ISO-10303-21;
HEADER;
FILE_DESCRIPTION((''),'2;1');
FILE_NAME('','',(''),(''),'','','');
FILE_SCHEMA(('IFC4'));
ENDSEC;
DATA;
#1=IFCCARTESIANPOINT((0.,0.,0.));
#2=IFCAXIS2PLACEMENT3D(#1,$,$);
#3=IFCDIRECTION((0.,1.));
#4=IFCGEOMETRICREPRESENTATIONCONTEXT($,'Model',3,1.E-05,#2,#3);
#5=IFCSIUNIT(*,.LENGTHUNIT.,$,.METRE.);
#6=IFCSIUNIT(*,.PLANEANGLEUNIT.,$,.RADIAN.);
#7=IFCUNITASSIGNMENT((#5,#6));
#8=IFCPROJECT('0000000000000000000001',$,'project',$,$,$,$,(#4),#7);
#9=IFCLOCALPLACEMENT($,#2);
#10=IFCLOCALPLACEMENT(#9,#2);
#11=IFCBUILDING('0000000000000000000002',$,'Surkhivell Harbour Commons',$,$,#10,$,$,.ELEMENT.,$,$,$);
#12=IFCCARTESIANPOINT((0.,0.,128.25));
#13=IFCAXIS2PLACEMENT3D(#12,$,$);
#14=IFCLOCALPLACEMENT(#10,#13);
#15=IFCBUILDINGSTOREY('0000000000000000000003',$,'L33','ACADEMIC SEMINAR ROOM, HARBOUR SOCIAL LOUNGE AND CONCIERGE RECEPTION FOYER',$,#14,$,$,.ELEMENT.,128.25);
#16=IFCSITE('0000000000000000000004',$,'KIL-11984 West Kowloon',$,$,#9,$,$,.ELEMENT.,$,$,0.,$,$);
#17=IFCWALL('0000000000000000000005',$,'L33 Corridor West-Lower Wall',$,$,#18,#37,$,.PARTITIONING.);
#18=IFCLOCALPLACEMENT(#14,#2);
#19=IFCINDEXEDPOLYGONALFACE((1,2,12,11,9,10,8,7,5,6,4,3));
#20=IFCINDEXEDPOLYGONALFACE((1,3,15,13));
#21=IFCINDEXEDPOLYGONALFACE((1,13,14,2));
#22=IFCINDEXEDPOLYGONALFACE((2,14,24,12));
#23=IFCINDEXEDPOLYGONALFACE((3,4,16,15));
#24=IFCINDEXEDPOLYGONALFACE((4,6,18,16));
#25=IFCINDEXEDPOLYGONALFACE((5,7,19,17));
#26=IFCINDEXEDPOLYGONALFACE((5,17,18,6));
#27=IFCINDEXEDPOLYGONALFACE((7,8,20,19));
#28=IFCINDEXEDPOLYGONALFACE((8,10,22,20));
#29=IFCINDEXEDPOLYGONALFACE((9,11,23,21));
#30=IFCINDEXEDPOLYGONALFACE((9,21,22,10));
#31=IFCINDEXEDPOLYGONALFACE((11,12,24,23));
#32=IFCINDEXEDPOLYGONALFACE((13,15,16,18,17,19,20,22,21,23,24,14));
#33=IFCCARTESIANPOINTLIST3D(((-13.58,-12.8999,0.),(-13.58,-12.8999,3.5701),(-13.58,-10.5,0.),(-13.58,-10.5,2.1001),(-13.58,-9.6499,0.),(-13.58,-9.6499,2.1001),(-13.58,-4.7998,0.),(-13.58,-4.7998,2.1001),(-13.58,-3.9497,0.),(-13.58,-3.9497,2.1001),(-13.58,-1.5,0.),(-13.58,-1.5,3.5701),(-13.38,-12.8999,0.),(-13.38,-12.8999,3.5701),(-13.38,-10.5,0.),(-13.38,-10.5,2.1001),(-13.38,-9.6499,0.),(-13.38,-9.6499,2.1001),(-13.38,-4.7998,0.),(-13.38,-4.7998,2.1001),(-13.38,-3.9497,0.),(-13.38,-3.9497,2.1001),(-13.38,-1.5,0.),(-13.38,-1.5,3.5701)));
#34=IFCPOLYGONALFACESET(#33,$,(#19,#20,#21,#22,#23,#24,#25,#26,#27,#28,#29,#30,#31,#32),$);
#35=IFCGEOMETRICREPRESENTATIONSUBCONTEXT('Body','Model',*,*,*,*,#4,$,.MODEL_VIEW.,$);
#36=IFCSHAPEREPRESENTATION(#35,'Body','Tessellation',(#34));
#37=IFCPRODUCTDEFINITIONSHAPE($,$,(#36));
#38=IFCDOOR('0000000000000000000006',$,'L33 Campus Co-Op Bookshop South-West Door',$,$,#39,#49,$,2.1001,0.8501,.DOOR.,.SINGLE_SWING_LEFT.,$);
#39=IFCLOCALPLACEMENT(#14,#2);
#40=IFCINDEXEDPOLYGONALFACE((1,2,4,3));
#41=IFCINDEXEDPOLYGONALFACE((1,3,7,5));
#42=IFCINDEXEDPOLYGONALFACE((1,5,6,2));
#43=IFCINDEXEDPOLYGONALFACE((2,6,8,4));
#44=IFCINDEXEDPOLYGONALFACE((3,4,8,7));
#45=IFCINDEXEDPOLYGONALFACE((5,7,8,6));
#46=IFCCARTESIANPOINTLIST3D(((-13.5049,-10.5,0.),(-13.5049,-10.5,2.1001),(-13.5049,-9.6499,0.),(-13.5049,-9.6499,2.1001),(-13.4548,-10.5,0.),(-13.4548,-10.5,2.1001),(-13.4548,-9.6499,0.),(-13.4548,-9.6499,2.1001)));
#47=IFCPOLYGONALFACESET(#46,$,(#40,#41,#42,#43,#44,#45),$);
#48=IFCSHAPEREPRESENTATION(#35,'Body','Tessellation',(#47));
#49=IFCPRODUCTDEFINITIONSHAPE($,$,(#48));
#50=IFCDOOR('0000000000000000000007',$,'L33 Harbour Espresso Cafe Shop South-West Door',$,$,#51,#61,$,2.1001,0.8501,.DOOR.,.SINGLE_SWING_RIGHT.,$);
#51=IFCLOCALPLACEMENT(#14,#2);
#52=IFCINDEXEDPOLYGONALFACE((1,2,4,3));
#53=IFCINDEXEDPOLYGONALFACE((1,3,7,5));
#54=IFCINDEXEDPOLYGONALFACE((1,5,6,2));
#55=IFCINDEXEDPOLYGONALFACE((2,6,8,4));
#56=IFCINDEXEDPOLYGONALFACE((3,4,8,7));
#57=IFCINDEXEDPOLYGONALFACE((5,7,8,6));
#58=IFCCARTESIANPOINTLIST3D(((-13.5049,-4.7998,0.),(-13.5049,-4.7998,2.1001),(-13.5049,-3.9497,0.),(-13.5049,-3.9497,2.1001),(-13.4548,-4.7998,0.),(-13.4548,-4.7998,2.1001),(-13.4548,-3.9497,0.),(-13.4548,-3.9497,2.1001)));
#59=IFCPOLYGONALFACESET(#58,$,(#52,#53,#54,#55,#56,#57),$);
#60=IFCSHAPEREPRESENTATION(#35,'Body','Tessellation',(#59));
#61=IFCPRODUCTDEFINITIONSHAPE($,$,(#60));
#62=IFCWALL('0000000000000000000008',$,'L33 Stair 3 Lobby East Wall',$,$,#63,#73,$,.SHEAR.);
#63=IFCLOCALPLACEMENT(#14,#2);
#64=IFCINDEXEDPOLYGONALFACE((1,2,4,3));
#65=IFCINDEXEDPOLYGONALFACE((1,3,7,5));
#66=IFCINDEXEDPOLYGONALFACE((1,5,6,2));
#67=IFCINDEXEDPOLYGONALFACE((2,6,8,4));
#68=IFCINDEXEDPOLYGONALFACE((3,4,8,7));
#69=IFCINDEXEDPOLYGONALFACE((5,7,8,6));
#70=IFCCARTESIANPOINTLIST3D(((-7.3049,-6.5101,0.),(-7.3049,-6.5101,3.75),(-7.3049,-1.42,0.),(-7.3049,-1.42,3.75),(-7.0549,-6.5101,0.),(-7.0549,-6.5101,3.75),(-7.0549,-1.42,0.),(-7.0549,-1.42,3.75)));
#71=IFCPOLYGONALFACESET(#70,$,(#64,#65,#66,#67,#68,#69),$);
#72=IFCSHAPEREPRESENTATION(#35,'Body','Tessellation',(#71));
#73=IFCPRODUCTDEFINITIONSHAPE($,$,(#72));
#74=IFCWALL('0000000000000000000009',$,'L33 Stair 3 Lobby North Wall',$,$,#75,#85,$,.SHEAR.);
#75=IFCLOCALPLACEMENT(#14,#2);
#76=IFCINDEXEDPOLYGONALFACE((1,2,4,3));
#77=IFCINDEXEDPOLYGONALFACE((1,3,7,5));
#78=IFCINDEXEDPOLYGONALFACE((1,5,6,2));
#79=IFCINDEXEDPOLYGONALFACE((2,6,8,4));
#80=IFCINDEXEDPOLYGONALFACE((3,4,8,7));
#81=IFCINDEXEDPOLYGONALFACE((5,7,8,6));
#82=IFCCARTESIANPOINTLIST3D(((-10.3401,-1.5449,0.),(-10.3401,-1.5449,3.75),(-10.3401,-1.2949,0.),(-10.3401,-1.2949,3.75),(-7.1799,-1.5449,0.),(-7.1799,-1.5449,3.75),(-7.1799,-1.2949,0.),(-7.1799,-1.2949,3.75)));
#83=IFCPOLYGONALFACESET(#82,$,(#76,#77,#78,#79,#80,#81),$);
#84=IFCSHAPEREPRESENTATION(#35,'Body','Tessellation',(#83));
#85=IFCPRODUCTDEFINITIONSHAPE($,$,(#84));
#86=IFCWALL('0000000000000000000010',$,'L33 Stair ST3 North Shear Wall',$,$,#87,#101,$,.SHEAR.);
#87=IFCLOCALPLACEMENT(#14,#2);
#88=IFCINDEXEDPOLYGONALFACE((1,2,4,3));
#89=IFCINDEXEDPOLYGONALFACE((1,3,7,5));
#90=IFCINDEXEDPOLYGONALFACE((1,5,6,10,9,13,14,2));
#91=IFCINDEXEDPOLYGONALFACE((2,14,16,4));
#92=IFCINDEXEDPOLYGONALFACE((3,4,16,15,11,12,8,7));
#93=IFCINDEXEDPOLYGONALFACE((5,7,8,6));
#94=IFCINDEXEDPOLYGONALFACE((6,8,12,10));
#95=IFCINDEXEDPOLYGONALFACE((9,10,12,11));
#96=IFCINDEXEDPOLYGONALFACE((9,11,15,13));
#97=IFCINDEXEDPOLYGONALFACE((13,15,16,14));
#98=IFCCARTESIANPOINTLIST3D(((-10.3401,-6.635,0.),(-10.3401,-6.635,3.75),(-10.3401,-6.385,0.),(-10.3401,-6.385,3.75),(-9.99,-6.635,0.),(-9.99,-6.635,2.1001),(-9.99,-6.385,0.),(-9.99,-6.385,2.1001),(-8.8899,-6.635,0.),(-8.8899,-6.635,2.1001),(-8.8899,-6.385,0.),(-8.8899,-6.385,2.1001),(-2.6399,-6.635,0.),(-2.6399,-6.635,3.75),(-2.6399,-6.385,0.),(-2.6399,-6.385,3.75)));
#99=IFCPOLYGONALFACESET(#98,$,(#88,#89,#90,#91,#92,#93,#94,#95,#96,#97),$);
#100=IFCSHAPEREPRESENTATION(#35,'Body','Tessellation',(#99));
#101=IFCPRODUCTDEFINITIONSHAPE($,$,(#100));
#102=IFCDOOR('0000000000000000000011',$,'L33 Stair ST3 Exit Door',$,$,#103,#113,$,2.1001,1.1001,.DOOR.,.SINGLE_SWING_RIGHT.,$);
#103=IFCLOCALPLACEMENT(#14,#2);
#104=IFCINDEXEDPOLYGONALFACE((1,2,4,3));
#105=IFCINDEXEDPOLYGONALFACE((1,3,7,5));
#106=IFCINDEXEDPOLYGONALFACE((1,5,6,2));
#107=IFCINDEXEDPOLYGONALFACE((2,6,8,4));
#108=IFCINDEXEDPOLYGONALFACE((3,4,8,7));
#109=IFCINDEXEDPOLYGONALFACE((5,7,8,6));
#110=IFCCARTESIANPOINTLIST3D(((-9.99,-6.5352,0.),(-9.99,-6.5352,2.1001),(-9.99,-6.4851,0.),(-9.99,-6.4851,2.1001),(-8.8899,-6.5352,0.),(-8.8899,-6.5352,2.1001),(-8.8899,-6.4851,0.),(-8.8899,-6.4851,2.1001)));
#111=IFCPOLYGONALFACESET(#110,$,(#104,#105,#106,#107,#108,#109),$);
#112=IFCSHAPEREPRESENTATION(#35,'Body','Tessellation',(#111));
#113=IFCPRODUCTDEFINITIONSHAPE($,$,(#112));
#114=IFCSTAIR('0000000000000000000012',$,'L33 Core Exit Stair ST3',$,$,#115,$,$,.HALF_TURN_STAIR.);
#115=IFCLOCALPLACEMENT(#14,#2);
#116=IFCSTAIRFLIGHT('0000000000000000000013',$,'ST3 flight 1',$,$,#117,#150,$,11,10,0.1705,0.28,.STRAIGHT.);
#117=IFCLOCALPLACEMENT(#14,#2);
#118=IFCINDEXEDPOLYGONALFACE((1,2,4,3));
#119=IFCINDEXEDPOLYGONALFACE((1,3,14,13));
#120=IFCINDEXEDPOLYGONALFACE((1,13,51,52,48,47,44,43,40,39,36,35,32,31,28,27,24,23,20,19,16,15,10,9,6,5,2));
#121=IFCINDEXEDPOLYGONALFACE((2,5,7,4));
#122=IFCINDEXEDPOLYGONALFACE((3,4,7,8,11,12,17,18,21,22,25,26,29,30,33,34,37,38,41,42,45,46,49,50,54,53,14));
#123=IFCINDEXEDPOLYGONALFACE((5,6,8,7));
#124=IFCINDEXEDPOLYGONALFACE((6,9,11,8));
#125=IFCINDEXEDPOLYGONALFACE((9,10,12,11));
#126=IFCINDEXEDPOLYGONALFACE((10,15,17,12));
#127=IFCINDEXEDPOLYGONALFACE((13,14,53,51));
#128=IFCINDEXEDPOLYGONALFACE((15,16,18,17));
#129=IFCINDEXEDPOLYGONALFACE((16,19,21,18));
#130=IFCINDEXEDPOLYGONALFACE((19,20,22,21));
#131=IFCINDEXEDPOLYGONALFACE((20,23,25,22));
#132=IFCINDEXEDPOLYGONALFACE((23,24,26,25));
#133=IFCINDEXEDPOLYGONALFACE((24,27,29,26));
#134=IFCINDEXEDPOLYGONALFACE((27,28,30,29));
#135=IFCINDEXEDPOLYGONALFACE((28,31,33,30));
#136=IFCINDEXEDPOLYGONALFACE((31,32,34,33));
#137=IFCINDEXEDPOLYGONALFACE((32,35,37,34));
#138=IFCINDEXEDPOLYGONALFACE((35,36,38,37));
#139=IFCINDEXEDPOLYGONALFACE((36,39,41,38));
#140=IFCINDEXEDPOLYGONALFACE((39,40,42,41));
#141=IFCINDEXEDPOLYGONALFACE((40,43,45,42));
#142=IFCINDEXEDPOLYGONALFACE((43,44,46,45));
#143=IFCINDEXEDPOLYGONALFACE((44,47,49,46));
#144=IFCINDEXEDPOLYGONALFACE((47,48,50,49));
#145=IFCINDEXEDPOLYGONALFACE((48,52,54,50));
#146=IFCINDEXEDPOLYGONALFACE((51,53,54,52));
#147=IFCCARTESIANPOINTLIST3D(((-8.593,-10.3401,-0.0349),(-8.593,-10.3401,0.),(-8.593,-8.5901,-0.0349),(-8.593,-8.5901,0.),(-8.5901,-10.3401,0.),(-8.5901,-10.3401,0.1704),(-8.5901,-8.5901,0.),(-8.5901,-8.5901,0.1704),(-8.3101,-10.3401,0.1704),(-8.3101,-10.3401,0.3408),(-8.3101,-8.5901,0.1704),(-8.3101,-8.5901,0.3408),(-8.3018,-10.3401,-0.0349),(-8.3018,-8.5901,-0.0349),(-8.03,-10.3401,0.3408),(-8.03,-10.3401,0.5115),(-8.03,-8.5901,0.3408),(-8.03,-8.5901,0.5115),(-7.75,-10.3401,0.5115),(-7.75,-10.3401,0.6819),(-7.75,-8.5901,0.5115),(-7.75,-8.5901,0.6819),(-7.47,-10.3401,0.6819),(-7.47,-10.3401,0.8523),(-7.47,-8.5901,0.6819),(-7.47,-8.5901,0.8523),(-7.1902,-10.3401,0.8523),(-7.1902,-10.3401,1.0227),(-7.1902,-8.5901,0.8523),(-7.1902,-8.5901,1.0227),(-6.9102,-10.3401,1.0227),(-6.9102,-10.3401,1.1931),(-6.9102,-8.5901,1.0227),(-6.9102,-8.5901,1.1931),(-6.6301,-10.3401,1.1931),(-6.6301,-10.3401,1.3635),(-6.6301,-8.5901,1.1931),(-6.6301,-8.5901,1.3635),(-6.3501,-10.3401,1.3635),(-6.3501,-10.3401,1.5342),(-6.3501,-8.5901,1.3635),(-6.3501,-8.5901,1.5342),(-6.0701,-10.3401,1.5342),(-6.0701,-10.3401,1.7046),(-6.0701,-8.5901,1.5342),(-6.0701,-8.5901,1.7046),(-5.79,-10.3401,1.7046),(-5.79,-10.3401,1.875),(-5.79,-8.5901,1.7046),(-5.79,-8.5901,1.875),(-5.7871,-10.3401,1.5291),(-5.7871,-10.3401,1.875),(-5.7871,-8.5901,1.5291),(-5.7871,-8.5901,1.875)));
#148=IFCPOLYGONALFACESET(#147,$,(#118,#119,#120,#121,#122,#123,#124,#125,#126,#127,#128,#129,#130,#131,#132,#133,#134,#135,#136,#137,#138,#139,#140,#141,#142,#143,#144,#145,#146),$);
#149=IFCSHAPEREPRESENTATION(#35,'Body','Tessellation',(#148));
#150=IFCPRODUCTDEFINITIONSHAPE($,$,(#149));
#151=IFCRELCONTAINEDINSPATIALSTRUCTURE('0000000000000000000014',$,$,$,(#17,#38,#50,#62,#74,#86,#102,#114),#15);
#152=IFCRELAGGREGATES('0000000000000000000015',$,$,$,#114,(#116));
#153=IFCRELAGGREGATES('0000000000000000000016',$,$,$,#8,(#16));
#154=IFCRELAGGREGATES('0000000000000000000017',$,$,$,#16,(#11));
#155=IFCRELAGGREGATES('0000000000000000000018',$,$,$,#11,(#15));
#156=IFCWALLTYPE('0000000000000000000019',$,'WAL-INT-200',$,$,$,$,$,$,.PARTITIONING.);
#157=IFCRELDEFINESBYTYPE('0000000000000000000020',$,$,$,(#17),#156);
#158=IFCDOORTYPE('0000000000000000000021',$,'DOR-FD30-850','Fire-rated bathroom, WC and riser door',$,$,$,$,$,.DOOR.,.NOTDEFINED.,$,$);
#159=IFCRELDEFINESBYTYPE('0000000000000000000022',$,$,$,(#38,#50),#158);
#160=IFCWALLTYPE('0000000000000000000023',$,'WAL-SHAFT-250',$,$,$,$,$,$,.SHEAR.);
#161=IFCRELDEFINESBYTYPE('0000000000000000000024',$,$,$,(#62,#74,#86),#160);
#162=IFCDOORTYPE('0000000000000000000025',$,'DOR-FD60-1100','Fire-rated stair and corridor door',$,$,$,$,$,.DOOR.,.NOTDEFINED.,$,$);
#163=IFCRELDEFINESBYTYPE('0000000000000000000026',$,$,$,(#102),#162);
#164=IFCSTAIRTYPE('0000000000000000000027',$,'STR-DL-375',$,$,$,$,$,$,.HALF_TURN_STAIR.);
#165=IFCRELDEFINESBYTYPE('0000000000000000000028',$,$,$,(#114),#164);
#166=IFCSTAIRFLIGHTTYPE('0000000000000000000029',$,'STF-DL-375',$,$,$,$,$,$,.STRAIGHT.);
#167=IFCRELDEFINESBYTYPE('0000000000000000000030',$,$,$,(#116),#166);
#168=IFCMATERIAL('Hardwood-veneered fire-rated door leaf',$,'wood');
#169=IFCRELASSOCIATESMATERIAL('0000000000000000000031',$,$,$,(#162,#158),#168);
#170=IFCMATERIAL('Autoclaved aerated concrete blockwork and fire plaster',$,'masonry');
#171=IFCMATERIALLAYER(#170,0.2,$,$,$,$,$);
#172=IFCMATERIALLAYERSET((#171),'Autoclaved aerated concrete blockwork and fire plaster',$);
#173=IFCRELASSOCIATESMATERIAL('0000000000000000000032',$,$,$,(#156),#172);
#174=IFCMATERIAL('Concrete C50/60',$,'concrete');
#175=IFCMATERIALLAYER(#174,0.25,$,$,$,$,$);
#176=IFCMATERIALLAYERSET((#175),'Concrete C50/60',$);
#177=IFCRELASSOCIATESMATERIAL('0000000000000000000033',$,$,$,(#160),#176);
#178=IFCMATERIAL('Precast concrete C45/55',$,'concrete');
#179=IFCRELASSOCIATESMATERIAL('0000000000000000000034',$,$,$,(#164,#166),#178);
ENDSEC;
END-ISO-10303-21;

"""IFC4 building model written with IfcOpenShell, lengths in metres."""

from ifc_helpers import new_model, si_unit, direction, frame, frame_2d, origin, place, context, subcontext, project, spatial, polyline, rectangle, outline, extrude, material, layer, layer_set, type_object, element, fill, aggregate, save


model = new_model("IFC4")

# Units and contexts
model_context = context("Model", 3, precision=1e-05, world=origin(), true_north=direction((0.0, 1.0)))
body_context = subcontext(model_context, "Body", "Model", "MODEL_VIEW")
ifc_project = project(units=[si_unit("LENGTHUNIT", "METRE"), si_unit("PLANEANGLEUNIT", "RADIAN")], contexts=[model_context])

# Site, building, storey
site_placement = place(None, origin())
site = spatial("IfcSite", under=ifc_project, at=site_placement, Name="KIL-11984 West Kowloon", CompositionType="ELEMENT", RefElevation=0.0)
building_placement = place(site_placement, origin())
building = spatial("IfcBuilding", under=site, at=building_placement, Name="Surkhivell Harbour Commons", CompositionType="ELEMENT")
storey_placement = place(building_placement, frame((0.0, 0.0, 128.25)))
storey = spatial("IfcBuildingStorey", under=building, at=storey_placement, Name="L33", Description="ACADEMIC SEMINAR ROOM, HARBOUR SOCIAL LOUNGE AND CONCIERGE RECEPTION FOYER", CompositionType="ELEMENT", Elevation=128.25)

# Shared definitions
ifc_material_1 = material(Name="Hardwood-veneered fire-rated door leaf", Category="wood")
door_type_1 = type_object("IfcDoorType", Name="DOR-FD60-1100", Description="Fire-rated stair and corridor door", OperationType="NOTDEFINED", PredefinedType="DOOR", material=ifc_material_1)

# Shared definitions
ifc_material_2 = material(Name="Autoclaved aerated concrete blockwork and fire plaster", Category="masonry")
ifc_layer_1 = layer(ifc_material_2, 0.2)
ifc_layer_set_1 = layer_set([ifc_layer_1], Name="Autoclaved aerated concrete blockwork and fire plaster")
wall_type_1 = type_object("IfcWallType", Name="WAL-INT-200", PredefinedType="PARTITIONING", material=ifc_layer_set_1)

# Wall, openings, doors
wall_1_placement = place(storey_placement, frame((-13.48, -12.8999, 0.0), z_axis=(0.0, 0.0, 1.0), x_axis=(0.0, 1.0, 0.0)))
wall_1 = element("IfcWall", 1, at=wall_1_placement, inside=storey, type_object=wall_type_1, Name="L33 Corridor West-Lower Wall", PredefinedType="PARTITIONING", context=body_context, shape_type="SweptSolid", body=[
    extrude(rectangle(XDim=11.3999, YDim=0.2, at=frame_2d((5.7, 0.0))), origin(), (0.0, 0.0, 1.0), 3.5701),
])
opening_1_placement = place(wall_1_placement, frame((2.3999, 0.0, 0.0)))
opening_1 = element("IfcOpeningElement", 2, at=opening_1_placement, cuts=wall_1, PredefinedType="OPENING", context=body_context, shape_type="SweptSolid", body=[
    extrude(rectangle(XDim=0.8501, YDim=2.1001, at=frame_2d((0.425, 1.05))), frame((0.0, 0.1099, 0.0), z_axis=(0.0, -1.0, 0.0), x_axis=(1.0, 0.0, 0.0)), (0.0, 0.0, 1.0), 0.22),
])
opening_2_placement = place(wall_1_placement, frame((8.1001, 0.0, 0.0)))
opening_2 = element("IfcOpeningElement", 3, at=opening_2_placement, cuts=wall_1, PredefinedType="OPENING", context=body_context, shape_type="SweptSolid", body=[
    extrude(rectangle(XDim=0.8501, YDim=2.1001, at=frame_2d((0.425, 1.05))), frame((0.0, 0.1099, 0.0), z_axis=(0.0, -1.0, 0.0), x_axis=(1.0, 0.0, 0.0)), (0.0, 0.0, 1.0), 0.22),
])
door_type_2 = type_object("IfcDoorType", Name="DOR-FD30-850", Description="Fire-rated bathroom, WC and riser door", OperationType="NOTDEFINED", PredefinedType="DOOR", material=ifc_material_1)
door_1_placement = place(opening_1_placement, origin())
door_1 = element("IfcDoor", 4, at=door_1_placement, inside=storey, type_object=door_type_2, Name="L33 Campus Co-Op Bookshop South-West Door", OperationType="SINGLE_SWING_LEFT", OverallHeight=2.1001, OverallWidth=0.8501, PredefinedType="DOOR", context=body_context, shape_type="SweptSolid", body=[
    extrude(rectangle(XDim=0.8501, YDim=2.1001, at=frame_2d((0.425, 1.05))), frame((0.0, 0.0249, 0.0), z_axis=(0.0, -1.0, 0.0), x_axis=(1.0, 0.0, 0.0)), (0.0, 0.0, 1.0), 0.05),
])
fill(opening_1, door_1)
door_2_placement = place(opening_2_placement, origin())
door_2 = element("IfcDoor", 5, at=door_2_placement, inside=storey, type_object=door_type_2, Name="L33 Harbour Espresso Cafe Shop South-West Door", OperationType="SINGLE_SWING_RIGHT", OverallHeight=2.1001, OverallWidth=0.8501, PredefinedType="DOOR", context=body_context, shape_type="SweptSolid", body=[
    extrude(rectangle(XDim=0.8501, YDim=2.1001, at=frame_2d((0.425, 1.05))), frame((0.0, 0.0249, 0.0), z_axis=(0.0, -1.0, 0.0), x_axis=(1.0, 0.0, 0.0)), (0.0, 0.0, 1.0), 0.05),
])
fill(opening_2, door_2)

# Walls
ifc_material_3 = material(Name="Concrete C50/60", Category="concrete")
ifc_layer_2 = layer(ifc_material_3, 0.25)
ifc_layer_set_2 = layer_set([ifc_layer_2], Name="Concrete C50/60")
wall_type_2 = type_object("IfcWallType", Name="WAL-SHAFT-250", PredefinedType="SHEAR", material=ifc_layer_set_2)
wall_2_placement = place(storey_placement, frame((-7.1799, -6.51, 0.0), z_axis=(0.0, 0.0, 1.0), x_axis=(0.0, 1.0, 0.0)))
element("IfcWall", 6, at=wall_2_placement, inside=storey, type_object=wall_type_2, Name="L33 Stair 3 Lobby East Wall", PredefinedType="SHEAR", context=body_context, shape_type="SweptSolid", body=[
    extrude(rectangle(XDim=5.0901, YDim=0.25, at=frame_2d((2.5449, 0.0))), origin(), (0.0, 0.0, 1.0), 3.75),
])
wall_3_placement = place(storey_placement, frame((-10.3401, -1.4199, 0.0), z_axis=(0.0, 0.0, 1.0), x_axis=(1.0, 0.0, 0.0)))
element("IfcWall", 7, at=wall_3_placement, inside=storey, type_object=wall_type_2, Name="L33 Stair 3 Lobby North Wall", PredefinedType="SHEAR", context=body_context, shape_type="SweptSolid", body=[
    extrude(rectangle(XDim=3.1602, YDim=0.25, at=frame_2d((1.5801, 0.0))), origin(), (0.0, 0.0, 1.0), 3.75),
])

# Wall, opening, door
wall_4_placement = place(storey_placement, frame((-10.3401, -6.51, 0.0), z_axis=(0.0, 0.0, 1.0), x_axis=(1.0, 0.0, 0.0)))
wall_4 = element("IfcWall", 8, at=wall_4_placement, inside=storey, type_object=wall_type_2, Name="L33 Stair ST3 North Shear Wall", PredefinedType="SHEAR", context=body_context, shape_type="SweptSolid", body=[
    extrude(rectangle(XDim=7.7002, YDim=0.25, at=frame_2d((3.8501, 0.0))), origin(), (0.0, 0.0, 1.0), 3.75),
])
opening_3_placement = place(wall_4_placement, frame((0.3501, 0.0, 0.0)))
opening_3 = element("IfcOpeningElement", 9, at=opening_3_placement, cuts=wall_4, PredefinedType="OPENING", context=body_context, shape_type="SweptSolid", body=[
    extrude(rectangle(XDim=1.1001, YDim=2.1001, at=frame_2d((0.55, 1.05))), frame((0.0, 0.135, 0.0), z_axis=(0.0, -1.0, 0.0), x_axis=(1.0, 0.0, 0.0)), (0.0, 0.0, 1.0), 0.27),
])
door_3_placement = place(opening_3_placement, origin())
door_3 = element("IfcDoor", 10, at=door_3_placement, inside=storey, type_object=door_type_1, Name="L33 Stair ST3 Exit Door", OperationType="SINGLE_SWING_RIGHT", OverallHeight=2.1001, OverallWidth=1.1001, PredefinedType="DOOR", context=body_context, shape_type="SweptSolid", body=[
    extrude(rectangle(XDim=1.1001, YDim=2.1001, at=frame_2d((0.55, 1.05))), frame((0.0, 0.0249, 0.0), z_axis=(0.0, -1.0, 0.0), x_axis=(1.0, 0.0, 0.0)), (0.0, 0.0, 1.0), 0.05),
])
fill(opening_3, door_3)

# Stair, stair flight
ifc_material_4 = material(Name="Precast concrete C45/55", Category="concrete")
stair_type = type_object("IfcStairType", Name="STR-DL-375", PredefinedType="HALF_TURN_STAIR", material=ifc_material_4)
stair_placement = place(storey_placement, origin())
stair = element("IfcStair", 11, at=stair_placement, inside=storey, type_object=stair_type, Name="L33 Core Exit Stair ST3", PredefinedType="HALF_TURN_STAIR")
stair_flight_type = type_object("IfcStairFlightType", Name="STF-DL-375", PredefinedType="STRAIGHT", material=ifc_material_4)
stair_flight_1_placement = place(storey_placement, frame((-8.5901, -9.4651, 0.0), z_axis=(0.0, 0.0, 1.0), x_axis=(1.0, 0.0, 0.0)))
stair_flight_1 = element("IfcStairFlight", 12, at=stair_flight_1_placement, type_object=stair_flight_type, Name="ST3 flight 1", NumberOfRisers=11, NumberOfTreads=10, PredefinedType="STRAIGHT", RiserHeight=0.1705, TreadLength=0.28, context=body_context, shape_type="SweptSolid", body=[
    extrude(outline(polyline([(-0.0029, -0.0349), (-0.0029, 0.0), (0.0, 0.0), (0.0, 0.1704), (0.28, 0.1704), (0.28, 0.3408), (0.5601, 0.3408), (0.5601, 0.5115), (0.8401, 0.5115), (0.8401, 0.6819), (1.1201, 0.6819), (1.1201, 0.8523), (1.3999, 0.8523), (1.3999, 1.0227), (1.6799, 1.0227), (1.6799, 1.1931), (1.96, 1.1931), (1.96, 1.3635), (2.24, 1.3635), (2.24, 1.5342), (2.52, 1.5342), (2.52, 1.7046), (2.8, 1.7046), (2.8, 1.875), (2.803, 1.875), (2.803, 1.5291), (0.2883, -0.0349), (-0.0029, -0.0349)])), frame((0.0, 0.875, 0.0), z_axis=(0.0, -1.0, 0.0), x_axis=(1.0, 0.0, 0.0)), (0.0, 0.0, 1.0), 1.75),
])
aggregate(stair, [stair_flight_1])

save(model, "model.ifc")
